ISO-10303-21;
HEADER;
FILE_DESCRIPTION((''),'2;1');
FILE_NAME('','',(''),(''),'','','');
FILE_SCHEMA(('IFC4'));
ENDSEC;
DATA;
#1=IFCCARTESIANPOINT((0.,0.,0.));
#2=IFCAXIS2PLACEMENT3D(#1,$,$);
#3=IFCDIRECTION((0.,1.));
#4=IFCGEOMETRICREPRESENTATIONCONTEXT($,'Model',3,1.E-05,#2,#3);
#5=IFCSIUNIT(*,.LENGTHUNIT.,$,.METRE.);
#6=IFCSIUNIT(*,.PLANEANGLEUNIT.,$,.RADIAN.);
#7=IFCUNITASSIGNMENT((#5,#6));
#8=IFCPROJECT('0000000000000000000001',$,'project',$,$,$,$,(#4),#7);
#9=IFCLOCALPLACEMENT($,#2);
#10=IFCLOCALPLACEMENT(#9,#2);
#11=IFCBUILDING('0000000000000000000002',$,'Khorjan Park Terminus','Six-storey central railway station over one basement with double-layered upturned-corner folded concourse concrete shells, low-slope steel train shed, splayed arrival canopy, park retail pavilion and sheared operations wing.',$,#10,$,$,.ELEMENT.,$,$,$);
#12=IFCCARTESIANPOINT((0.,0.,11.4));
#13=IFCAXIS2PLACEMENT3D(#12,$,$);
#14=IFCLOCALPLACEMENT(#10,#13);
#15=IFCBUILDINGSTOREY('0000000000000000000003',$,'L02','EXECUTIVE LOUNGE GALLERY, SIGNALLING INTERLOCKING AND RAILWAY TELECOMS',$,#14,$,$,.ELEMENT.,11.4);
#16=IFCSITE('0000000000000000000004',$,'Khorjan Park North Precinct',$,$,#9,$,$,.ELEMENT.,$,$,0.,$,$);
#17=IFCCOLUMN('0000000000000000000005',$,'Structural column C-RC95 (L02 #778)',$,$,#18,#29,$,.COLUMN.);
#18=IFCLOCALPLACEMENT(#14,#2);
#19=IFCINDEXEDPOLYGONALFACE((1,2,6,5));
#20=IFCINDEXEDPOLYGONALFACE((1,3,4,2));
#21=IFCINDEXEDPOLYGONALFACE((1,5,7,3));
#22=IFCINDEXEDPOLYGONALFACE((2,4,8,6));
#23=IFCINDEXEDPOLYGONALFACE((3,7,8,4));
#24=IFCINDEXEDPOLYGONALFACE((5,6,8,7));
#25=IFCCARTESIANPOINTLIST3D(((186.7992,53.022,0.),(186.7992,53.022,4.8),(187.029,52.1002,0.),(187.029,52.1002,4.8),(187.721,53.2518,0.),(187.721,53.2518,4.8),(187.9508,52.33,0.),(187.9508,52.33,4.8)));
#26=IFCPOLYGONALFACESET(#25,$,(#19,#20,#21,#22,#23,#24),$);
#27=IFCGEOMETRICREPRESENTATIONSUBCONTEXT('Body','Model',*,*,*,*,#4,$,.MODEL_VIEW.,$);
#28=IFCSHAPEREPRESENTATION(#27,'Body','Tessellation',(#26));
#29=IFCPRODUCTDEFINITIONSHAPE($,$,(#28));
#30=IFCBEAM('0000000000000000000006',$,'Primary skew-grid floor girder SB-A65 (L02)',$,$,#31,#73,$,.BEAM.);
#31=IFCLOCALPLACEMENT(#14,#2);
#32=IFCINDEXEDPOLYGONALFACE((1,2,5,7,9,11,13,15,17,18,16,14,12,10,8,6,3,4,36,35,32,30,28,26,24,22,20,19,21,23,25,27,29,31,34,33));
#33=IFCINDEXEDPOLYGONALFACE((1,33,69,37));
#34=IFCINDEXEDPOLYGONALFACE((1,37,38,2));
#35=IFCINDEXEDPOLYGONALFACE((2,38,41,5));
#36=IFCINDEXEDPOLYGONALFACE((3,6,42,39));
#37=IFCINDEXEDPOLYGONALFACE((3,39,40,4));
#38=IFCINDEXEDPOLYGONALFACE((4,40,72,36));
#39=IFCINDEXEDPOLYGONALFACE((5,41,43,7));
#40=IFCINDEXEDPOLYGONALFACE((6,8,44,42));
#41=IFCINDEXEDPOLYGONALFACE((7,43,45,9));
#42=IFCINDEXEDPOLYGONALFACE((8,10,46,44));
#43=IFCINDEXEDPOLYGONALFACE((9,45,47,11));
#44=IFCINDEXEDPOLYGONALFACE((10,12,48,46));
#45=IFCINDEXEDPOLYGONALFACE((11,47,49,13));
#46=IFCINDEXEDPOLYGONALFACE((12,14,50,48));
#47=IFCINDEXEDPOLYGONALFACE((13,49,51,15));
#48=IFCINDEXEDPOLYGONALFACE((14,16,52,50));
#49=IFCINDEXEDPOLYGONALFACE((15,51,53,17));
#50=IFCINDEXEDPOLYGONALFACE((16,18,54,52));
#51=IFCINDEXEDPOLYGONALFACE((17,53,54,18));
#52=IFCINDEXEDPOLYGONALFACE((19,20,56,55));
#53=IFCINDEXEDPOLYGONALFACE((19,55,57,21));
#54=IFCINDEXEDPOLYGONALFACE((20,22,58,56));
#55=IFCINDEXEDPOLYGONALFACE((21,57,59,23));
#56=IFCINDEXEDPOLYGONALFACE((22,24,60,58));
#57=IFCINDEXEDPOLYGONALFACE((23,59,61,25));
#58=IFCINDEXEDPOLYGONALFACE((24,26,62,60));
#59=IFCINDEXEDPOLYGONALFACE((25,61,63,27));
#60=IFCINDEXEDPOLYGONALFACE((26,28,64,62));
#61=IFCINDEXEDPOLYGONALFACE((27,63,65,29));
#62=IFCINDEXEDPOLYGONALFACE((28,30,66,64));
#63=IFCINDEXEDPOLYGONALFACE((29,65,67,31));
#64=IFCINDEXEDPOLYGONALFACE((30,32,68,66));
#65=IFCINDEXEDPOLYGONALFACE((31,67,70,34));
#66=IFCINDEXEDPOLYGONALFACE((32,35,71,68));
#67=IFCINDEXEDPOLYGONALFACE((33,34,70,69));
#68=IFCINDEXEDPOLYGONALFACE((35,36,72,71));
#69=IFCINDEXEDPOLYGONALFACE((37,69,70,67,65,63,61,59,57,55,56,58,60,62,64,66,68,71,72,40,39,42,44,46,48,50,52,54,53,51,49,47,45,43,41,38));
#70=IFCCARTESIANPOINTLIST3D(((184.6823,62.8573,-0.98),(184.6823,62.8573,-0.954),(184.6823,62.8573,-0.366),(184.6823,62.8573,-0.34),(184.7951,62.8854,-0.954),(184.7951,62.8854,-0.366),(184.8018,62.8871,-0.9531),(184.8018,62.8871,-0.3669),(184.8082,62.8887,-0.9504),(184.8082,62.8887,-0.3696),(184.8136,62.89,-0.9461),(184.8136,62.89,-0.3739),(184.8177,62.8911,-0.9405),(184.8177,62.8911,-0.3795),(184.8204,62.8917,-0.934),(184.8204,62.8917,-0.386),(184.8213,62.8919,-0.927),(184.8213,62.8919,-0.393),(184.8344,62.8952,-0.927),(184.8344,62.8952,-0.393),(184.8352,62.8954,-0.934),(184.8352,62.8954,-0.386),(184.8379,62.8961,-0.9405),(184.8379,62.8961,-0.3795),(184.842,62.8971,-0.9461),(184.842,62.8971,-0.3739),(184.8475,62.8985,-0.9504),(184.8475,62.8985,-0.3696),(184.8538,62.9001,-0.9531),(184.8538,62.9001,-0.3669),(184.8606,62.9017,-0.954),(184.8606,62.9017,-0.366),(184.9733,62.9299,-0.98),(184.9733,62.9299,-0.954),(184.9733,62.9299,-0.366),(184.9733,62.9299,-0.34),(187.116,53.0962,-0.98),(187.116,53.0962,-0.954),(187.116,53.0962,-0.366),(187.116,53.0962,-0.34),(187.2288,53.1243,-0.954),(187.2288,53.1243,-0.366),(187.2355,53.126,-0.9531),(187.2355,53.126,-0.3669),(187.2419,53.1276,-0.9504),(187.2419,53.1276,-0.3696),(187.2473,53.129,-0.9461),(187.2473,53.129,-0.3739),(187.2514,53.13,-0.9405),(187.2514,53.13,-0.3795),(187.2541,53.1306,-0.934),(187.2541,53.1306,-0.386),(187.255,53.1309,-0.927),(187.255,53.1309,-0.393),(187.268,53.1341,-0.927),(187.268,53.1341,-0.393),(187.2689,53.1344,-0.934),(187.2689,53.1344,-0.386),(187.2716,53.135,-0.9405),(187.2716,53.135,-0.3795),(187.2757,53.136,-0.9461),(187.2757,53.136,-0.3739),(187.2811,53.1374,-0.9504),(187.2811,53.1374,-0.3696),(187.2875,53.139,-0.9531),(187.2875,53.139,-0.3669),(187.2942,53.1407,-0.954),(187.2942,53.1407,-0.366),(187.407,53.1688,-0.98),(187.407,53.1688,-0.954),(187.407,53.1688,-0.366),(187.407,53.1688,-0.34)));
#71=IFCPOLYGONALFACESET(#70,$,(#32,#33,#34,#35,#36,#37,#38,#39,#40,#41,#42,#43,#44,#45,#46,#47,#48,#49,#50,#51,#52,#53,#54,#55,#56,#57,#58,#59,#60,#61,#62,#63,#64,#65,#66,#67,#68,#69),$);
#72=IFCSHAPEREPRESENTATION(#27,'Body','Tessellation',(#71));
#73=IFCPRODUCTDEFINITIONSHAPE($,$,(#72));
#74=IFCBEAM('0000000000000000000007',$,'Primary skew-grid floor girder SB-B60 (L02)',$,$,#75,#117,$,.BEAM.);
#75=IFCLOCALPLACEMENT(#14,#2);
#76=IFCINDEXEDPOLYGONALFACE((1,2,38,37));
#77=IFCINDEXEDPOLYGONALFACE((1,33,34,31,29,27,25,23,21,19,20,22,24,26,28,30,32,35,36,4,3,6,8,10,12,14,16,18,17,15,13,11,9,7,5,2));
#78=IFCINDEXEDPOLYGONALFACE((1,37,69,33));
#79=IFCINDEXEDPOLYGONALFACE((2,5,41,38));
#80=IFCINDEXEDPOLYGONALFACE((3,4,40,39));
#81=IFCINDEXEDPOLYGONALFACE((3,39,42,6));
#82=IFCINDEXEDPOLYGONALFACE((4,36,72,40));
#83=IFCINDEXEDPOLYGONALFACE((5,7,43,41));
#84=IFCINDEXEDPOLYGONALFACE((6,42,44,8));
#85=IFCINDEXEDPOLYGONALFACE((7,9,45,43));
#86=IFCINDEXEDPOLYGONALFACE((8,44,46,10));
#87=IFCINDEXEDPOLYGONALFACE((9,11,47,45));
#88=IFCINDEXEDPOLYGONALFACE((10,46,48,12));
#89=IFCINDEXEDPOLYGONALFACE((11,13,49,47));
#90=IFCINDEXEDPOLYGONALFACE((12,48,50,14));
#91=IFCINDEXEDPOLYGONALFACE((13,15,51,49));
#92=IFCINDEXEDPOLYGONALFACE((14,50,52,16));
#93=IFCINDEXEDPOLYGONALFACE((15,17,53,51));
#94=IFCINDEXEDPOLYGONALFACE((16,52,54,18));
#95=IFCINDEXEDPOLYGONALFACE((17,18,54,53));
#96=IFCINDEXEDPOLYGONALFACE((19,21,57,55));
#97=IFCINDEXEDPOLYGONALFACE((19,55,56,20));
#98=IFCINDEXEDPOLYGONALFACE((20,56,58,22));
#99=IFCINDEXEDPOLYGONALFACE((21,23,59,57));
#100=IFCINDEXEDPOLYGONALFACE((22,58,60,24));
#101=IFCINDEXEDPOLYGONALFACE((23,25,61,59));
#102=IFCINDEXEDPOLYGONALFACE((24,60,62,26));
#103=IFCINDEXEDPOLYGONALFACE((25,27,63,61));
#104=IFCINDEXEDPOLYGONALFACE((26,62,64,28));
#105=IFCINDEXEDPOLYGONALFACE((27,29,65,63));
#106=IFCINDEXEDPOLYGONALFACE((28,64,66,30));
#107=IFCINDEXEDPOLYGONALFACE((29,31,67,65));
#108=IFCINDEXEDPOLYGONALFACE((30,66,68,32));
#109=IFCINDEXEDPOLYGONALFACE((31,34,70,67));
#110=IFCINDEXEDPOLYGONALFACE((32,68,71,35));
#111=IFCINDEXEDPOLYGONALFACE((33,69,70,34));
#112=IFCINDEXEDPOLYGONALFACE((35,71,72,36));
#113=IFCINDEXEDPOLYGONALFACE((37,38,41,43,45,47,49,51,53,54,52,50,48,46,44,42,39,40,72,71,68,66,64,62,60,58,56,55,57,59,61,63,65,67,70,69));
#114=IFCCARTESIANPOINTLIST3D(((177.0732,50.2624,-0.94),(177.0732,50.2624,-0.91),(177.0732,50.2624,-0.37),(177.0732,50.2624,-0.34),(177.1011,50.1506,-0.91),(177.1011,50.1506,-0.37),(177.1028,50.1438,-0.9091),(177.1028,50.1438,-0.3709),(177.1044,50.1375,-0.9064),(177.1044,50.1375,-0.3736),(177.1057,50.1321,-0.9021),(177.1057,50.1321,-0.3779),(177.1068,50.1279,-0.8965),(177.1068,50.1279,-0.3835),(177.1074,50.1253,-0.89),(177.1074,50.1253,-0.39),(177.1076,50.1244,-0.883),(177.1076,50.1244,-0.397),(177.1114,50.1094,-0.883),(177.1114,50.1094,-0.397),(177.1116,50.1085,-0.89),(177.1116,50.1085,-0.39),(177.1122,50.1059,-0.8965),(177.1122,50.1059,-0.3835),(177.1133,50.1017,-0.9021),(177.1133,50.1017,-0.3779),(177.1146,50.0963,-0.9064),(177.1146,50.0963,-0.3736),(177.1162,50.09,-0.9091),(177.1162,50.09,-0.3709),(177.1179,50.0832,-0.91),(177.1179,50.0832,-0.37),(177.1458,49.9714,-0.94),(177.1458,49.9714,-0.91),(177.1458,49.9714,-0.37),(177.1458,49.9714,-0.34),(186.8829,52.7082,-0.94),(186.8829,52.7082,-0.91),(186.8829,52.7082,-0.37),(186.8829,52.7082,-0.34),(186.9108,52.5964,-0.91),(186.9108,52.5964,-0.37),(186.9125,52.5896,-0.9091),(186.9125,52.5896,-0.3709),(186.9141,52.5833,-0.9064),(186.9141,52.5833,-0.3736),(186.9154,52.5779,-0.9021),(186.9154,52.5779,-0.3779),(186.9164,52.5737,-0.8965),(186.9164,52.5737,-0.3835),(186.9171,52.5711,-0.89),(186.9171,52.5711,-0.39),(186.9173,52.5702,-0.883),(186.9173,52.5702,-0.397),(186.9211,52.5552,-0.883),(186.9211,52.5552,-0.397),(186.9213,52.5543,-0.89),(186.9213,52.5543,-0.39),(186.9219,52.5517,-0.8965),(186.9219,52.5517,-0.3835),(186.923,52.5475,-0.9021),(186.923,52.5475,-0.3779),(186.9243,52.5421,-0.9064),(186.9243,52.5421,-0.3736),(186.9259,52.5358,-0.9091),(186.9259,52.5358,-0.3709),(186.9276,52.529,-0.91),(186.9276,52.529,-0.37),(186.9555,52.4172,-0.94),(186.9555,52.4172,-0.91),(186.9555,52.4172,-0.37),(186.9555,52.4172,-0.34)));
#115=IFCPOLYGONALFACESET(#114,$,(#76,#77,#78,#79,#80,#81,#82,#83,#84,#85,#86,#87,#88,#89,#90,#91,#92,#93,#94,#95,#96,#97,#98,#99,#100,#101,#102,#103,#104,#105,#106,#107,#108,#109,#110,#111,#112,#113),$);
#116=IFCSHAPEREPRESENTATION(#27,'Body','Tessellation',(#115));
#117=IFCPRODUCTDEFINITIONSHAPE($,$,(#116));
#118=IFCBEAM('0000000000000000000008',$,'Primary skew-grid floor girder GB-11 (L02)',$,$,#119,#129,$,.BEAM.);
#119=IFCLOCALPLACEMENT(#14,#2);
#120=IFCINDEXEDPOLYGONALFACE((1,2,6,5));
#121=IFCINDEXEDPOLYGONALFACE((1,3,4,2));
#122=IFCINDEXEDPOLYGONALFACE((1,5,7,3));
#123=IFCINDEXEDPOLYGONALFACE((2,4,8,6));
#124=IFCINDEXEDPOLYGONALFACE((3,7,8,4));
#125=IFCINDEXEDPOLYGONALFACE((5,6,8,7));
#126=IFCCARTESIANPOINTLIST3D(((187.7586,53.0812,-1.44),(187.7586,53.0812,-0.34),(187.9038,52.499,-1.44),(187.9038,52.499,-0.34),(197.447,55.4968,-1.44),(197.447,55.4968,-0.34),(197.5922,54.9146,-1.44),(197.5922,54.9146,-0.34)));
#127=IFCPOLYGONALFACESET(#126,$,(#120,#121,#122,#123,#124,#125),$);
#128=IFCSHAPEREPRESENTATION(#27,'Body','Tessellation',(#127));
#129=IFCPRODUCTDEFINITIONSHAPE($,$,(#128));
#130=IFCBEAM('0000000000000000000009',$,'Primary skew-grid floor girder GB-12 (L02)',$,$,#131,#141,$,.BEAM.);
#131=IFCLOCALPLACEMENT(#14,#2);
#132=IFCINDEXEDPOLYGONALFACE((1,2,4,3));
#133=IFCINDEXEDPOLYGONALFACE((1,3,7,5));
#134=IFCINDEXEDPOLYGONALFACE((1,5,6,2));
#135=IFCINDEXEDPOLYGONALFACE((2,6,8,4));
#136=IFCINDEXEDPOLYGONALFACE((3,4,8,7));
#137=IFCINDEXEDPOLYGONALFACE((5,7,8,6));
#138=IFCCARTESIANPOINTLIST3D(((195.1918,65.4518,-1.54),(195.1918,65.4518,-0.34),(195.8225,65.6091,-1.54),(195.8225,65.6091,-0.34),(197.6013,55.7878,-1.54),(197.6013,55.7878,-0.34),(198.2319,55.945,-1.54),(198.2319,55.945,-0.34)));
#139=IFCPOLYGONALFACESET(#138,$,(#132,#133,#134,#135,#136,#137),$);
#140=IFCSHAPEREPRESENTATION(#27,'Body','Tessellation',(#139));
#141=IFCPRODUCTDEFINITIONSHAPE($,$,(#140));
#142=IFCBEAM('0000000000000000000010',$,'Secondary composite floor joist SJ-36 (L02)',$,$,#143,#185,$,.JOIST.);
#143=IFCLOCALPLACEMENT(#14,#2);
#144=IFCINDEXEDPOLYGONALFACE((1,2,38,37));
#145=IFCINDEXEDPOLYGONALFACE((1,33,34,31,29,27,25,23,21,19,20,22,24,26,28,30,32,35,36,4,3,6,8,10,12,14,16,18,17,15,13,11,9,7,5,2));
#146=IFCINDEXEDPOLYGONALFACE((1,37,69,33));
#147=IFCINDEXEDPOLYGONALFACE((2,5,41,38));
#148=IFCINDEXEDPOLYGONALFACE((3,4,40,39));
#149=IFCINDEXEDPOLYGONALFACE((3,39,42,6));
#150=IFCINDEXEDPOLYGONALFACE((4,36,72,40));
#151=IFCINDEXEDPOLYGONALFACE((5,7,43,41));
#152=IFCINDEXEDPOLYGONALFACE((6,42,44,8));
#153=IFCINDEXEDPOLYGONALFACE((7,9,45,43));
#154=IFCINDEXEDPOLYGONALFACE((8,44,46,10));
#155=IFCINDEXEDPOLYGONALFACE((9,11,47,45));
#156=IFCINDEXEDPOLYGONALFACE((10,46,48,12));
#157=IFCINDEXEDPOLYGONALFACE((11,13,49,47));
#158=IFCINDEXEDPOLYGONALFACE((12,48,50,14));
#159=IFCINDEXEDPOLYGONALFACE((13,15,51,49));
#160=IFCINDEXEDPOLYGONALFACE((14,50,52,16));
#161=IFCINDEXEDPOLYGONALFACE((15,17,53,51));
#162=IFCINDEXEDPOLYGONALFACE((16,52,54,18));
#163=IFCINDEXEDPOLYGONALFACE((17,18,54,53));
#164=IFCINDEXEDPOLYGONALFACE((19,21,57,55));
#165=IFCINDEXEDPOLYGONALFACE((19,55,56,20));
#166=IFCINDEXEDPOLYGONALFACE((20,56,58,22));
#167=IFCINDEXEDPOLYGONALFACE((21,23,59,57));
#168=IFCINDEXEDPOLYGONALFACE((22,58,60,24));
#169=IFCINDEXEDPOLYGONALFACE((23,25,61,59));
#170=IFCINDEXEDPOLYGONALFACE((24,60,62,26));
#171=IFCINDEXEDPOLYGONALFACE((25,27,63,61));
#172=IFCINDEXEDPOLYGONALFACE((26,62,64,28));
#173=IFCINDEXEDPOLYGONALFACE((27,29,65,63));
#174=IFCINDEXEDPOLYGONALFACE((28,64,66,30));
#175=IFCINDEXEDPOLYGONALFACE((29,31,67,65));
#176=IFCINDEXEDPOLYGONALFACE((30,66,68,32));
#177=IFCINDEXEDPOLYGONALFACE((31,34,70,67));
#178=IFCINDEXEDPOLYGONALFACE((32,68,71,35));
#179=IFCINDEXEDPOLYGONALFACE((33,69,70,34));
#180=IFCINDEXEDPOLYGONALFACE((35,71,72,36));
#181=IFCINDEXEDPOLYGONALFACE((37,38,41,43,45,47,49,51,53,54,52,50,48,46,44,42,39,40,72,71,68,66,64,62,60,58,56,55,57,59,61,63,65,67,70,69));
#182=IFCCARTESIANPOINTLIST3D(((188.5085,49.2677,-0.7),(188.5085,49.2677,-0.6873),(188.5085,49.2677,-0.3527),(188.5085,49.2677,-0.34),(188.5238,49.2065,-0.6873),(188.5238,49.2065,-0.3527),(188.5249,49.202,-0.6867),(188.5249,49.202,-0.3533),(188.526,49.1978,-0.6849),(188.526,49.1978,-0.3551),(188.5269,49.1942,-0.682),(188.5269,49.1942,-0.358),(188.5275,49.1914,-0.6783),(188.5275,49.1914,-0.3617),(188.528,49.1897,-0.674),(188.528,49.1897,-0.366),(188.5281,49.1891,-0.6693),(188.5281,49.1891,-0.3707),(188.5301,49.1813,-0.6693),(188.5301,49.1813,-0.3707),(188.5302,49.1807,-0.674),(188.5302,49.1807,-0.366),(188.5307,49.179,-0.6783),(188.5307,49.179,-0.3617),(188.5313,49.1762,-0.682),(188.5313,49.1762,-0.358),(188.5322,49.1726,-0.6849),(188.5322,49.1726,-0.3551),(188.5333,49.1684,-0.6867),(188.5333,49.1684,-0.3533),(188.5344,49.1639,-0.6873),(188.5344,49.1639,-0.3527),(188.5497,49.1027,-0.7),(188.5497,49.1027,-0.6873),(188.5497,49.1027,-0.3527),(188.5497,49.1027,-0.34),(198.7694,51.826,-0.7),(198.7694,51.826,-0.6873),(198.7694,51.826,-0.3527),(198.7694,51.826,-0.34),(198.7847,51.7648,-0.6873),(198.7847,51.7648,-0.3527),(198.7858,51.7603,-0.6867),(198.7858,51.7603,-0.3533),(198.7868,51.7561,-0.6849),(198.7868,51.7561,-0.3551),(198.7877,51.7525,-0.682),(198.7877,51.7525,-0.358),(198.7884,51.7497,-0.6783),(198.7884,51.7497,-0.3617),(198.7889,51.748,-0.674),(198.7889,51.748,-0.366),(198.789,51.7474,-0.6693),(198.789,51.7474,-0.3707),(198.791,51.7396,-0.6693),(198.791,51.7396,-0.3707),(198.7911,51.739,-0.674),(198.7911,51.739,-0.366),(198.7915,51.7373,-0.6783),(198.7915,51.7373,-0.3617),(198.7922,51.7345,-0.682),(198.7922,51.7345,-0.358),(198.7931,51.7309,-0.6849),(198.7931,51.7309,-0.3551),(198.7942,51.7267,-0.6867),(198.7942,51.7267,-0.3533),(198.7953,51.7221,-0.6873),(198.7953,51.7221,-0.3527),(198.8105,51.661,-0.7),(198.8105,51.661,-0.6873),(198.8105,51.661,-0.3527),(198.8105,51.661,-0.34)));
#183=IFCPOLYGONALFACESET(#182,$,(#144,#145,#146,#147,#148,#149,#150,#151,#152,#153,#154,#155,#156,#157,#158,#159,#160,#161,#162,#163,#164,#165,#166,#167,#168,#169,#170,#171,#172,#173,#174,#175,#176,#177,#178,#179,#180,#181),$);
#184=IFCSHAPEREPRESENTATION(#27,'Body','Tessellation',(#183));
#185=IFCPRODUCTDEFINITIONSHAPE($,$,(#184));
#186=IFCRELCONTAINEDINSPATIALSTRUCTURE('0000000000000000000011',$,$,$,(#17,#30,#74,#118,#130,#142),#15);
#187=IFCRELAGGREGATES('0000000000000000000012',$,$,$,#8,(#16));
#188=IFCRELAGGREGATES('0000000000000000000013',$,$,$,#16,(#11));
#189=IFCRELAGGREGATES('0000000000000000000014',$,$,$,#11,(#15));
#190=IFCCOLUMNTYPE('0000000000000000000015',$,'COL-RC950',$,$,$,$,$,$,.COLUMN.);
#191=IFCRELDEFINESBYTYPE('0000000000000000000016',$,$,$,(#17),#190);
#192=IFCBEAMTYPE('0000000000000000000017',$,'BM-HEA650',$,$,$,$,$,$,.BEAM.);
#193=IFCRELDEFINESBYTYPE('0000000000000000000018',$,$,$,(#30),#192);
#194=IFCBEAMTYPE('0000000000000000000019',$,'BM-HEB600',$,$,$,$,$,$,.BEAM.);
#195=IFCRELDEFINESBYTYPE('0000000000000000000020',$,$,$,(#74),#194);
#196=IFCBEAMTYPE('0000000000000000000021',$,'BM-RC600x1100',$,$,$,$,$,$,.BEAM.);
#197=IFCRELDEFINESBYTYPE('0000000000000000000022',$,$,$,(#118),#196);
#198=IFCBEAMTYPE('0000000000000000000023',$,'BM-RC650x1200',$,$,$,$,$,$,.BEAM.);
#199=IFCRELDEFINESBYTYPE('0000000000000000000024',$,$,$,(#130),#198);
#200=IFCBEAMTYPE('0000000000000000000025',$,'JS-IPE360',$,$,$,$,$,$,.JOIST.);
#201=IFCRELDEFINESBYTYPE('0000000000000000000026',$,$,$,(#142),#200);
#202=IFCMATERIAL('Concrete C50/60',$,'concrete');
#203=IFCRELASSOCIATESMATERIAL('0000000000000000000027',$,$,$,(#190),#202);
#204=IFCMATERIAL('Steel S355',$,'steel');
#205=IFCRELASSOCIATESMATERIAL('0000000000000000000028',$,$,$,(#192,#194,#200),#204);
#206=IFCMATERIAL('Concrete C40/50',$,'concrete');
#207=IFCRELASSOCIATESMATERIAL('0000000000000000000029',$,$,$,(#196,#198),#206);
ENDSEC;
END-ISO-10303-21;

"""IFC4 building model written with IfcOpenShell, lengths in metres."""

from ifc_helpers import new_model, si_unit, direction, frame, origin, origin_2d, place, context, subcontext, project, spatial, rectangle, i_section, extrude, material, material_profile, profile_set, type_object, element, save


model = new_model("IFC4")

# Units and contexts
model_context = context("Model", 3, precision=1e-05, world=origin(), true_north=direction((0.0, 1.0)))
body_context = subcontext(model_context, "Body", "Model", "MODEL_VIEW")
ifc_project = project(units=[si_unit("LENGTHUNIT", "METRE"), si_unit("PLANEANGLEUNIT", "RADIAN")], contexts=[model_context])

# Site, building, storey
site_placement = place(None, origin())
site = spatial("IfcSite", under=ifc_project, at=site_placement, Name="Khorjan Park North Precinct", CompositionType="ELEMENT", RefElevation=0.0)
building_placement = place(site_placement, origin())
building = spatial("IfcBuilding", under=site, at=building_placement, Name="Khorjan Park Terminus", Description="Six-storey central railway station over one basement with double-layered upturned-corner folded concourse concrete shells, low-slope steel train shed, splayed arrival canopy, park retail pavilion and sheared operations wing.", CompositionType="ELEMENT")
storey_placement = place(building_placement, frame((0.0, 0.0, 11.4)))
storey = spatial("IfcBuildingStorey", under=building, at=storey_placement, Name="L02", Description="EXECUTIVE LOUNGE GALLERY, SIGNALLING INTERLOCKING AND RAILWAY TELECOMS", CompositionType="ELEMENT", Elevation=11.4)

# Column
ifc_material_1 = material(Name="Concrete C50/60", Category="concrete")
ifc_material_profile_1 = material_profile(ifc_material_1, rectangle(XDim=0.95, YDim=0.95, at=origin_2d()), Name="RC 950x950")
ifc_profile_set_1 = profile_set([ifc_material_profile_1], Name="Concrete C50/60")
column_type = type_object("IfcColumnType", Name="COL-RC950", PredefinedType="COLUMN", material=ifc_profile_set_1)
column_placement = place(storey_placement, frame((187.375, 52.676, 0.0), z_axis=(0.0, 0.0, 1.0), x_axis=(0.970296, 0.241922, 0.0)))
element("IfcColumn", 1, at=column_placement, inside=storey, type_object=column_type, Name="Structural column C-RC95 (L02 #778)", PredefinedType="COLUMN", context=body_context, shape_type="SweptSolid", body=[
    extrude(rectangle(XDim=0.95, YDim=0.95, at=origin_2d()), origin(), (0.0, 0.0, 1.0), 4.8),
])

# Beams
ifc_material_2 = material(Name="Steel S355", Category="steel")
ifc_material_profile_2 = material_profile(ifc_material_2, i_section(OverallWidth=0.3, OverallDepth=0.64, WebThickness=0.0135, FlangeThickness=0.026, FilletRadius=0.027, at=origin_2d()), Name="HEA 650")
ifc_profile_set_2 = profile_set([ifc_material_profile_2], Name="Steel S355")
beam_type_1 = type_object("IfcBeamType", Name="BM-HEA650", PredefinedType="BEAM", material=ifc_profile_set_2)
beam_1_placement = place(storey_placement, frame((187.2615, 53.1325, -0.66), z_axis=(-0.24192, 0.970296, 0.0), x_axis=(-0.970296, -0.24192, 0.0)))
element("IfcBeam", 2, at=beam_1_placement, inside=storey, type_object=beam_type_1, Name="Primary skew-grid floor girder SB-A65 (L02)", PredefinedType="BEAM", context=body_context, shape_type="SweptSolid", body=[
    extrude(i_section(OverallWidth=0.3, OverallDepth=0.64, WebThickness=0.0135, FlangeThickness=0.026, FilletRadius=0.027, at=origin_2d()), origin(), (0.0, 0.0, 1.0), 10.0599),
])
ifc_material_profile_3 = material_profile(ifc_material_2, i_section(OverallWidth=0.3, OverallDepth=0.6, WebThickness=0.0155, FlangeThickness=0.03, FilletRadius=0.027, at=origin_2d()), Name="HEB 600")
ifc_profile_set_3 = profile_set([ifc_material_profile_3], Name="Steel S355")
beam_type_2 = type_object("IfcBeamType", Name="BM-HEB600", PredefinedType="BEAM", material=ifc_profile_set_3)
beam_2_placement = place(storey_placement, frame((177.1095, 50.1169, -0.64), z_axis=(0.970296, 0.241919, 0.0), x_axis=(-0.241919, 0.970296, 0.0)))
element("IfcBeam", 3, at=beam_2_placement, inside=storey, type_object=beam_type_2, Name="Primary skew-grid floor girder SB-B60 (L02)", PredefinedType="BEAM", context=body_context, shape_type="SweptSolid", body=[
    extrude(i_section(OverallWidth=0.3, OverallDepth=0.6, WebThickness=0.0155, FlangeThickness=0.03, FilletRadius=0.027, at=origin_2d()), origin(), (0.0, 0.0, 1.0), 10.11),
])
ifc_material_3 = material(Name="Concrete C40/50", Category="concrete")
ifc_material_profile_4 = material_profile(ifc_material_3, rectangle(XDim=0.6, YDim=1.1, at=origin_2d()), Name="RC 600x1100")
ifc_profile_set_4 = profile_set([ifc_material_profile_4], Name="Concrete C40/50")
beam_type_3 = type_object("IfcBeamType", Name="BM-RC600x1100", PredefinedType="BEAM", material=ifc_profile_set_4)
beam_3_placement = place(storey_placement, frame((187.8312, 52.7901, -0.89), z_axis=(0.970295, 0.241923, 0.0), x_axis=(-0.241923, 0.970295, 0.0)))
element("IfcBeam", 4, at=beam_3_placement, inside=storey, type_object=beam_type_3, Name="Primary skew-grid floor girder GB-11 (L02)", PredefinedType="BEAM", context=body_context, shape_type="SweptSolid", body=[
    extrude(rectangle(XDim=0.6, YDim=1.1, at=origin_2d()), origin(), (0.0, 0.0, 1.0), 9.985),
])
ifc_material_profile_5 = material_profile(ifc_material_3, rectangle(XDim=0.65, YDim=1.2, at=origin_2d()), Name="RC 650x1200")
ifc_profile_set_5 = profile_set([ifc_material_profile_5], Name="Concrete C40/50")
beam_type_4 = type_object("IfcBeamType", Name="BM-RC650x1200", PredefinedType="BEAM", material=ifc_profile_set_5)
beam_4_placement = place(storey_placement, frame((197.9166, 55.8664, -0.94), z_axis=(-0.241919, 0.970296, 0.0), x_axis=(-0.970296, -0.241919, 0.0)))
element("IfcBeam", 5, at=beam_4_placement, inside=storey, type_object=beam_type_4, Name="Primary skew-grid floor girder GB-12 (L02)", PredefinedType="BEAM", context=body_context, shape_type="SweptSolid", body=[
    extrude(rectangle(XDim=0.65, YDim=1.2, at=origin_2d()), origin(), (0.0, 0.0, 1.0), 9.9599),
])
ifc_material_profile_6 = material_profile(ifc_material_2, i_section(OverallWidth=0.17, OverallDepth=0.36, WebThickness=0.008, FlangeThickness=0.0127, FilletRadius=0.018, at=origin_2d()), Name="IPE 360")
ifc_profile_set_6 = profile_set([ifc_material_profile_6], Name="Steel S355")
beam_type_5 = type_object("IfcBeamType", Name="JS-IPE360", PredefinedType="JOIST", material=ifc_profile_set_6)
beam_5_placement = place(storey_placement, frame((188.5291, 49.1852, -0.52), z_axis=(0.970296, 0.241919, 0.0), x_axis=(-0.241919, 0.970296, 0.0)))
element("IfcBeam", 6, at=beam_5_placement, inside=storey, type_object=beam_type_5, Name="Secondary composite floor joist SJ-36 (L02)", PredefinedType="JOIST", context=body_context, shape_type="SweptSolid", body=[
    extrude(i_section(OverallWidth=0.17, OverallDepth=0.36, WebThickness=0.008, FlangeThickness=0.0127, FilletRadius=0.018, at=origin_2d()), origin(), (0.0, 0.0, 1.0), 10.575),
])

save(model, "model.ifc")
